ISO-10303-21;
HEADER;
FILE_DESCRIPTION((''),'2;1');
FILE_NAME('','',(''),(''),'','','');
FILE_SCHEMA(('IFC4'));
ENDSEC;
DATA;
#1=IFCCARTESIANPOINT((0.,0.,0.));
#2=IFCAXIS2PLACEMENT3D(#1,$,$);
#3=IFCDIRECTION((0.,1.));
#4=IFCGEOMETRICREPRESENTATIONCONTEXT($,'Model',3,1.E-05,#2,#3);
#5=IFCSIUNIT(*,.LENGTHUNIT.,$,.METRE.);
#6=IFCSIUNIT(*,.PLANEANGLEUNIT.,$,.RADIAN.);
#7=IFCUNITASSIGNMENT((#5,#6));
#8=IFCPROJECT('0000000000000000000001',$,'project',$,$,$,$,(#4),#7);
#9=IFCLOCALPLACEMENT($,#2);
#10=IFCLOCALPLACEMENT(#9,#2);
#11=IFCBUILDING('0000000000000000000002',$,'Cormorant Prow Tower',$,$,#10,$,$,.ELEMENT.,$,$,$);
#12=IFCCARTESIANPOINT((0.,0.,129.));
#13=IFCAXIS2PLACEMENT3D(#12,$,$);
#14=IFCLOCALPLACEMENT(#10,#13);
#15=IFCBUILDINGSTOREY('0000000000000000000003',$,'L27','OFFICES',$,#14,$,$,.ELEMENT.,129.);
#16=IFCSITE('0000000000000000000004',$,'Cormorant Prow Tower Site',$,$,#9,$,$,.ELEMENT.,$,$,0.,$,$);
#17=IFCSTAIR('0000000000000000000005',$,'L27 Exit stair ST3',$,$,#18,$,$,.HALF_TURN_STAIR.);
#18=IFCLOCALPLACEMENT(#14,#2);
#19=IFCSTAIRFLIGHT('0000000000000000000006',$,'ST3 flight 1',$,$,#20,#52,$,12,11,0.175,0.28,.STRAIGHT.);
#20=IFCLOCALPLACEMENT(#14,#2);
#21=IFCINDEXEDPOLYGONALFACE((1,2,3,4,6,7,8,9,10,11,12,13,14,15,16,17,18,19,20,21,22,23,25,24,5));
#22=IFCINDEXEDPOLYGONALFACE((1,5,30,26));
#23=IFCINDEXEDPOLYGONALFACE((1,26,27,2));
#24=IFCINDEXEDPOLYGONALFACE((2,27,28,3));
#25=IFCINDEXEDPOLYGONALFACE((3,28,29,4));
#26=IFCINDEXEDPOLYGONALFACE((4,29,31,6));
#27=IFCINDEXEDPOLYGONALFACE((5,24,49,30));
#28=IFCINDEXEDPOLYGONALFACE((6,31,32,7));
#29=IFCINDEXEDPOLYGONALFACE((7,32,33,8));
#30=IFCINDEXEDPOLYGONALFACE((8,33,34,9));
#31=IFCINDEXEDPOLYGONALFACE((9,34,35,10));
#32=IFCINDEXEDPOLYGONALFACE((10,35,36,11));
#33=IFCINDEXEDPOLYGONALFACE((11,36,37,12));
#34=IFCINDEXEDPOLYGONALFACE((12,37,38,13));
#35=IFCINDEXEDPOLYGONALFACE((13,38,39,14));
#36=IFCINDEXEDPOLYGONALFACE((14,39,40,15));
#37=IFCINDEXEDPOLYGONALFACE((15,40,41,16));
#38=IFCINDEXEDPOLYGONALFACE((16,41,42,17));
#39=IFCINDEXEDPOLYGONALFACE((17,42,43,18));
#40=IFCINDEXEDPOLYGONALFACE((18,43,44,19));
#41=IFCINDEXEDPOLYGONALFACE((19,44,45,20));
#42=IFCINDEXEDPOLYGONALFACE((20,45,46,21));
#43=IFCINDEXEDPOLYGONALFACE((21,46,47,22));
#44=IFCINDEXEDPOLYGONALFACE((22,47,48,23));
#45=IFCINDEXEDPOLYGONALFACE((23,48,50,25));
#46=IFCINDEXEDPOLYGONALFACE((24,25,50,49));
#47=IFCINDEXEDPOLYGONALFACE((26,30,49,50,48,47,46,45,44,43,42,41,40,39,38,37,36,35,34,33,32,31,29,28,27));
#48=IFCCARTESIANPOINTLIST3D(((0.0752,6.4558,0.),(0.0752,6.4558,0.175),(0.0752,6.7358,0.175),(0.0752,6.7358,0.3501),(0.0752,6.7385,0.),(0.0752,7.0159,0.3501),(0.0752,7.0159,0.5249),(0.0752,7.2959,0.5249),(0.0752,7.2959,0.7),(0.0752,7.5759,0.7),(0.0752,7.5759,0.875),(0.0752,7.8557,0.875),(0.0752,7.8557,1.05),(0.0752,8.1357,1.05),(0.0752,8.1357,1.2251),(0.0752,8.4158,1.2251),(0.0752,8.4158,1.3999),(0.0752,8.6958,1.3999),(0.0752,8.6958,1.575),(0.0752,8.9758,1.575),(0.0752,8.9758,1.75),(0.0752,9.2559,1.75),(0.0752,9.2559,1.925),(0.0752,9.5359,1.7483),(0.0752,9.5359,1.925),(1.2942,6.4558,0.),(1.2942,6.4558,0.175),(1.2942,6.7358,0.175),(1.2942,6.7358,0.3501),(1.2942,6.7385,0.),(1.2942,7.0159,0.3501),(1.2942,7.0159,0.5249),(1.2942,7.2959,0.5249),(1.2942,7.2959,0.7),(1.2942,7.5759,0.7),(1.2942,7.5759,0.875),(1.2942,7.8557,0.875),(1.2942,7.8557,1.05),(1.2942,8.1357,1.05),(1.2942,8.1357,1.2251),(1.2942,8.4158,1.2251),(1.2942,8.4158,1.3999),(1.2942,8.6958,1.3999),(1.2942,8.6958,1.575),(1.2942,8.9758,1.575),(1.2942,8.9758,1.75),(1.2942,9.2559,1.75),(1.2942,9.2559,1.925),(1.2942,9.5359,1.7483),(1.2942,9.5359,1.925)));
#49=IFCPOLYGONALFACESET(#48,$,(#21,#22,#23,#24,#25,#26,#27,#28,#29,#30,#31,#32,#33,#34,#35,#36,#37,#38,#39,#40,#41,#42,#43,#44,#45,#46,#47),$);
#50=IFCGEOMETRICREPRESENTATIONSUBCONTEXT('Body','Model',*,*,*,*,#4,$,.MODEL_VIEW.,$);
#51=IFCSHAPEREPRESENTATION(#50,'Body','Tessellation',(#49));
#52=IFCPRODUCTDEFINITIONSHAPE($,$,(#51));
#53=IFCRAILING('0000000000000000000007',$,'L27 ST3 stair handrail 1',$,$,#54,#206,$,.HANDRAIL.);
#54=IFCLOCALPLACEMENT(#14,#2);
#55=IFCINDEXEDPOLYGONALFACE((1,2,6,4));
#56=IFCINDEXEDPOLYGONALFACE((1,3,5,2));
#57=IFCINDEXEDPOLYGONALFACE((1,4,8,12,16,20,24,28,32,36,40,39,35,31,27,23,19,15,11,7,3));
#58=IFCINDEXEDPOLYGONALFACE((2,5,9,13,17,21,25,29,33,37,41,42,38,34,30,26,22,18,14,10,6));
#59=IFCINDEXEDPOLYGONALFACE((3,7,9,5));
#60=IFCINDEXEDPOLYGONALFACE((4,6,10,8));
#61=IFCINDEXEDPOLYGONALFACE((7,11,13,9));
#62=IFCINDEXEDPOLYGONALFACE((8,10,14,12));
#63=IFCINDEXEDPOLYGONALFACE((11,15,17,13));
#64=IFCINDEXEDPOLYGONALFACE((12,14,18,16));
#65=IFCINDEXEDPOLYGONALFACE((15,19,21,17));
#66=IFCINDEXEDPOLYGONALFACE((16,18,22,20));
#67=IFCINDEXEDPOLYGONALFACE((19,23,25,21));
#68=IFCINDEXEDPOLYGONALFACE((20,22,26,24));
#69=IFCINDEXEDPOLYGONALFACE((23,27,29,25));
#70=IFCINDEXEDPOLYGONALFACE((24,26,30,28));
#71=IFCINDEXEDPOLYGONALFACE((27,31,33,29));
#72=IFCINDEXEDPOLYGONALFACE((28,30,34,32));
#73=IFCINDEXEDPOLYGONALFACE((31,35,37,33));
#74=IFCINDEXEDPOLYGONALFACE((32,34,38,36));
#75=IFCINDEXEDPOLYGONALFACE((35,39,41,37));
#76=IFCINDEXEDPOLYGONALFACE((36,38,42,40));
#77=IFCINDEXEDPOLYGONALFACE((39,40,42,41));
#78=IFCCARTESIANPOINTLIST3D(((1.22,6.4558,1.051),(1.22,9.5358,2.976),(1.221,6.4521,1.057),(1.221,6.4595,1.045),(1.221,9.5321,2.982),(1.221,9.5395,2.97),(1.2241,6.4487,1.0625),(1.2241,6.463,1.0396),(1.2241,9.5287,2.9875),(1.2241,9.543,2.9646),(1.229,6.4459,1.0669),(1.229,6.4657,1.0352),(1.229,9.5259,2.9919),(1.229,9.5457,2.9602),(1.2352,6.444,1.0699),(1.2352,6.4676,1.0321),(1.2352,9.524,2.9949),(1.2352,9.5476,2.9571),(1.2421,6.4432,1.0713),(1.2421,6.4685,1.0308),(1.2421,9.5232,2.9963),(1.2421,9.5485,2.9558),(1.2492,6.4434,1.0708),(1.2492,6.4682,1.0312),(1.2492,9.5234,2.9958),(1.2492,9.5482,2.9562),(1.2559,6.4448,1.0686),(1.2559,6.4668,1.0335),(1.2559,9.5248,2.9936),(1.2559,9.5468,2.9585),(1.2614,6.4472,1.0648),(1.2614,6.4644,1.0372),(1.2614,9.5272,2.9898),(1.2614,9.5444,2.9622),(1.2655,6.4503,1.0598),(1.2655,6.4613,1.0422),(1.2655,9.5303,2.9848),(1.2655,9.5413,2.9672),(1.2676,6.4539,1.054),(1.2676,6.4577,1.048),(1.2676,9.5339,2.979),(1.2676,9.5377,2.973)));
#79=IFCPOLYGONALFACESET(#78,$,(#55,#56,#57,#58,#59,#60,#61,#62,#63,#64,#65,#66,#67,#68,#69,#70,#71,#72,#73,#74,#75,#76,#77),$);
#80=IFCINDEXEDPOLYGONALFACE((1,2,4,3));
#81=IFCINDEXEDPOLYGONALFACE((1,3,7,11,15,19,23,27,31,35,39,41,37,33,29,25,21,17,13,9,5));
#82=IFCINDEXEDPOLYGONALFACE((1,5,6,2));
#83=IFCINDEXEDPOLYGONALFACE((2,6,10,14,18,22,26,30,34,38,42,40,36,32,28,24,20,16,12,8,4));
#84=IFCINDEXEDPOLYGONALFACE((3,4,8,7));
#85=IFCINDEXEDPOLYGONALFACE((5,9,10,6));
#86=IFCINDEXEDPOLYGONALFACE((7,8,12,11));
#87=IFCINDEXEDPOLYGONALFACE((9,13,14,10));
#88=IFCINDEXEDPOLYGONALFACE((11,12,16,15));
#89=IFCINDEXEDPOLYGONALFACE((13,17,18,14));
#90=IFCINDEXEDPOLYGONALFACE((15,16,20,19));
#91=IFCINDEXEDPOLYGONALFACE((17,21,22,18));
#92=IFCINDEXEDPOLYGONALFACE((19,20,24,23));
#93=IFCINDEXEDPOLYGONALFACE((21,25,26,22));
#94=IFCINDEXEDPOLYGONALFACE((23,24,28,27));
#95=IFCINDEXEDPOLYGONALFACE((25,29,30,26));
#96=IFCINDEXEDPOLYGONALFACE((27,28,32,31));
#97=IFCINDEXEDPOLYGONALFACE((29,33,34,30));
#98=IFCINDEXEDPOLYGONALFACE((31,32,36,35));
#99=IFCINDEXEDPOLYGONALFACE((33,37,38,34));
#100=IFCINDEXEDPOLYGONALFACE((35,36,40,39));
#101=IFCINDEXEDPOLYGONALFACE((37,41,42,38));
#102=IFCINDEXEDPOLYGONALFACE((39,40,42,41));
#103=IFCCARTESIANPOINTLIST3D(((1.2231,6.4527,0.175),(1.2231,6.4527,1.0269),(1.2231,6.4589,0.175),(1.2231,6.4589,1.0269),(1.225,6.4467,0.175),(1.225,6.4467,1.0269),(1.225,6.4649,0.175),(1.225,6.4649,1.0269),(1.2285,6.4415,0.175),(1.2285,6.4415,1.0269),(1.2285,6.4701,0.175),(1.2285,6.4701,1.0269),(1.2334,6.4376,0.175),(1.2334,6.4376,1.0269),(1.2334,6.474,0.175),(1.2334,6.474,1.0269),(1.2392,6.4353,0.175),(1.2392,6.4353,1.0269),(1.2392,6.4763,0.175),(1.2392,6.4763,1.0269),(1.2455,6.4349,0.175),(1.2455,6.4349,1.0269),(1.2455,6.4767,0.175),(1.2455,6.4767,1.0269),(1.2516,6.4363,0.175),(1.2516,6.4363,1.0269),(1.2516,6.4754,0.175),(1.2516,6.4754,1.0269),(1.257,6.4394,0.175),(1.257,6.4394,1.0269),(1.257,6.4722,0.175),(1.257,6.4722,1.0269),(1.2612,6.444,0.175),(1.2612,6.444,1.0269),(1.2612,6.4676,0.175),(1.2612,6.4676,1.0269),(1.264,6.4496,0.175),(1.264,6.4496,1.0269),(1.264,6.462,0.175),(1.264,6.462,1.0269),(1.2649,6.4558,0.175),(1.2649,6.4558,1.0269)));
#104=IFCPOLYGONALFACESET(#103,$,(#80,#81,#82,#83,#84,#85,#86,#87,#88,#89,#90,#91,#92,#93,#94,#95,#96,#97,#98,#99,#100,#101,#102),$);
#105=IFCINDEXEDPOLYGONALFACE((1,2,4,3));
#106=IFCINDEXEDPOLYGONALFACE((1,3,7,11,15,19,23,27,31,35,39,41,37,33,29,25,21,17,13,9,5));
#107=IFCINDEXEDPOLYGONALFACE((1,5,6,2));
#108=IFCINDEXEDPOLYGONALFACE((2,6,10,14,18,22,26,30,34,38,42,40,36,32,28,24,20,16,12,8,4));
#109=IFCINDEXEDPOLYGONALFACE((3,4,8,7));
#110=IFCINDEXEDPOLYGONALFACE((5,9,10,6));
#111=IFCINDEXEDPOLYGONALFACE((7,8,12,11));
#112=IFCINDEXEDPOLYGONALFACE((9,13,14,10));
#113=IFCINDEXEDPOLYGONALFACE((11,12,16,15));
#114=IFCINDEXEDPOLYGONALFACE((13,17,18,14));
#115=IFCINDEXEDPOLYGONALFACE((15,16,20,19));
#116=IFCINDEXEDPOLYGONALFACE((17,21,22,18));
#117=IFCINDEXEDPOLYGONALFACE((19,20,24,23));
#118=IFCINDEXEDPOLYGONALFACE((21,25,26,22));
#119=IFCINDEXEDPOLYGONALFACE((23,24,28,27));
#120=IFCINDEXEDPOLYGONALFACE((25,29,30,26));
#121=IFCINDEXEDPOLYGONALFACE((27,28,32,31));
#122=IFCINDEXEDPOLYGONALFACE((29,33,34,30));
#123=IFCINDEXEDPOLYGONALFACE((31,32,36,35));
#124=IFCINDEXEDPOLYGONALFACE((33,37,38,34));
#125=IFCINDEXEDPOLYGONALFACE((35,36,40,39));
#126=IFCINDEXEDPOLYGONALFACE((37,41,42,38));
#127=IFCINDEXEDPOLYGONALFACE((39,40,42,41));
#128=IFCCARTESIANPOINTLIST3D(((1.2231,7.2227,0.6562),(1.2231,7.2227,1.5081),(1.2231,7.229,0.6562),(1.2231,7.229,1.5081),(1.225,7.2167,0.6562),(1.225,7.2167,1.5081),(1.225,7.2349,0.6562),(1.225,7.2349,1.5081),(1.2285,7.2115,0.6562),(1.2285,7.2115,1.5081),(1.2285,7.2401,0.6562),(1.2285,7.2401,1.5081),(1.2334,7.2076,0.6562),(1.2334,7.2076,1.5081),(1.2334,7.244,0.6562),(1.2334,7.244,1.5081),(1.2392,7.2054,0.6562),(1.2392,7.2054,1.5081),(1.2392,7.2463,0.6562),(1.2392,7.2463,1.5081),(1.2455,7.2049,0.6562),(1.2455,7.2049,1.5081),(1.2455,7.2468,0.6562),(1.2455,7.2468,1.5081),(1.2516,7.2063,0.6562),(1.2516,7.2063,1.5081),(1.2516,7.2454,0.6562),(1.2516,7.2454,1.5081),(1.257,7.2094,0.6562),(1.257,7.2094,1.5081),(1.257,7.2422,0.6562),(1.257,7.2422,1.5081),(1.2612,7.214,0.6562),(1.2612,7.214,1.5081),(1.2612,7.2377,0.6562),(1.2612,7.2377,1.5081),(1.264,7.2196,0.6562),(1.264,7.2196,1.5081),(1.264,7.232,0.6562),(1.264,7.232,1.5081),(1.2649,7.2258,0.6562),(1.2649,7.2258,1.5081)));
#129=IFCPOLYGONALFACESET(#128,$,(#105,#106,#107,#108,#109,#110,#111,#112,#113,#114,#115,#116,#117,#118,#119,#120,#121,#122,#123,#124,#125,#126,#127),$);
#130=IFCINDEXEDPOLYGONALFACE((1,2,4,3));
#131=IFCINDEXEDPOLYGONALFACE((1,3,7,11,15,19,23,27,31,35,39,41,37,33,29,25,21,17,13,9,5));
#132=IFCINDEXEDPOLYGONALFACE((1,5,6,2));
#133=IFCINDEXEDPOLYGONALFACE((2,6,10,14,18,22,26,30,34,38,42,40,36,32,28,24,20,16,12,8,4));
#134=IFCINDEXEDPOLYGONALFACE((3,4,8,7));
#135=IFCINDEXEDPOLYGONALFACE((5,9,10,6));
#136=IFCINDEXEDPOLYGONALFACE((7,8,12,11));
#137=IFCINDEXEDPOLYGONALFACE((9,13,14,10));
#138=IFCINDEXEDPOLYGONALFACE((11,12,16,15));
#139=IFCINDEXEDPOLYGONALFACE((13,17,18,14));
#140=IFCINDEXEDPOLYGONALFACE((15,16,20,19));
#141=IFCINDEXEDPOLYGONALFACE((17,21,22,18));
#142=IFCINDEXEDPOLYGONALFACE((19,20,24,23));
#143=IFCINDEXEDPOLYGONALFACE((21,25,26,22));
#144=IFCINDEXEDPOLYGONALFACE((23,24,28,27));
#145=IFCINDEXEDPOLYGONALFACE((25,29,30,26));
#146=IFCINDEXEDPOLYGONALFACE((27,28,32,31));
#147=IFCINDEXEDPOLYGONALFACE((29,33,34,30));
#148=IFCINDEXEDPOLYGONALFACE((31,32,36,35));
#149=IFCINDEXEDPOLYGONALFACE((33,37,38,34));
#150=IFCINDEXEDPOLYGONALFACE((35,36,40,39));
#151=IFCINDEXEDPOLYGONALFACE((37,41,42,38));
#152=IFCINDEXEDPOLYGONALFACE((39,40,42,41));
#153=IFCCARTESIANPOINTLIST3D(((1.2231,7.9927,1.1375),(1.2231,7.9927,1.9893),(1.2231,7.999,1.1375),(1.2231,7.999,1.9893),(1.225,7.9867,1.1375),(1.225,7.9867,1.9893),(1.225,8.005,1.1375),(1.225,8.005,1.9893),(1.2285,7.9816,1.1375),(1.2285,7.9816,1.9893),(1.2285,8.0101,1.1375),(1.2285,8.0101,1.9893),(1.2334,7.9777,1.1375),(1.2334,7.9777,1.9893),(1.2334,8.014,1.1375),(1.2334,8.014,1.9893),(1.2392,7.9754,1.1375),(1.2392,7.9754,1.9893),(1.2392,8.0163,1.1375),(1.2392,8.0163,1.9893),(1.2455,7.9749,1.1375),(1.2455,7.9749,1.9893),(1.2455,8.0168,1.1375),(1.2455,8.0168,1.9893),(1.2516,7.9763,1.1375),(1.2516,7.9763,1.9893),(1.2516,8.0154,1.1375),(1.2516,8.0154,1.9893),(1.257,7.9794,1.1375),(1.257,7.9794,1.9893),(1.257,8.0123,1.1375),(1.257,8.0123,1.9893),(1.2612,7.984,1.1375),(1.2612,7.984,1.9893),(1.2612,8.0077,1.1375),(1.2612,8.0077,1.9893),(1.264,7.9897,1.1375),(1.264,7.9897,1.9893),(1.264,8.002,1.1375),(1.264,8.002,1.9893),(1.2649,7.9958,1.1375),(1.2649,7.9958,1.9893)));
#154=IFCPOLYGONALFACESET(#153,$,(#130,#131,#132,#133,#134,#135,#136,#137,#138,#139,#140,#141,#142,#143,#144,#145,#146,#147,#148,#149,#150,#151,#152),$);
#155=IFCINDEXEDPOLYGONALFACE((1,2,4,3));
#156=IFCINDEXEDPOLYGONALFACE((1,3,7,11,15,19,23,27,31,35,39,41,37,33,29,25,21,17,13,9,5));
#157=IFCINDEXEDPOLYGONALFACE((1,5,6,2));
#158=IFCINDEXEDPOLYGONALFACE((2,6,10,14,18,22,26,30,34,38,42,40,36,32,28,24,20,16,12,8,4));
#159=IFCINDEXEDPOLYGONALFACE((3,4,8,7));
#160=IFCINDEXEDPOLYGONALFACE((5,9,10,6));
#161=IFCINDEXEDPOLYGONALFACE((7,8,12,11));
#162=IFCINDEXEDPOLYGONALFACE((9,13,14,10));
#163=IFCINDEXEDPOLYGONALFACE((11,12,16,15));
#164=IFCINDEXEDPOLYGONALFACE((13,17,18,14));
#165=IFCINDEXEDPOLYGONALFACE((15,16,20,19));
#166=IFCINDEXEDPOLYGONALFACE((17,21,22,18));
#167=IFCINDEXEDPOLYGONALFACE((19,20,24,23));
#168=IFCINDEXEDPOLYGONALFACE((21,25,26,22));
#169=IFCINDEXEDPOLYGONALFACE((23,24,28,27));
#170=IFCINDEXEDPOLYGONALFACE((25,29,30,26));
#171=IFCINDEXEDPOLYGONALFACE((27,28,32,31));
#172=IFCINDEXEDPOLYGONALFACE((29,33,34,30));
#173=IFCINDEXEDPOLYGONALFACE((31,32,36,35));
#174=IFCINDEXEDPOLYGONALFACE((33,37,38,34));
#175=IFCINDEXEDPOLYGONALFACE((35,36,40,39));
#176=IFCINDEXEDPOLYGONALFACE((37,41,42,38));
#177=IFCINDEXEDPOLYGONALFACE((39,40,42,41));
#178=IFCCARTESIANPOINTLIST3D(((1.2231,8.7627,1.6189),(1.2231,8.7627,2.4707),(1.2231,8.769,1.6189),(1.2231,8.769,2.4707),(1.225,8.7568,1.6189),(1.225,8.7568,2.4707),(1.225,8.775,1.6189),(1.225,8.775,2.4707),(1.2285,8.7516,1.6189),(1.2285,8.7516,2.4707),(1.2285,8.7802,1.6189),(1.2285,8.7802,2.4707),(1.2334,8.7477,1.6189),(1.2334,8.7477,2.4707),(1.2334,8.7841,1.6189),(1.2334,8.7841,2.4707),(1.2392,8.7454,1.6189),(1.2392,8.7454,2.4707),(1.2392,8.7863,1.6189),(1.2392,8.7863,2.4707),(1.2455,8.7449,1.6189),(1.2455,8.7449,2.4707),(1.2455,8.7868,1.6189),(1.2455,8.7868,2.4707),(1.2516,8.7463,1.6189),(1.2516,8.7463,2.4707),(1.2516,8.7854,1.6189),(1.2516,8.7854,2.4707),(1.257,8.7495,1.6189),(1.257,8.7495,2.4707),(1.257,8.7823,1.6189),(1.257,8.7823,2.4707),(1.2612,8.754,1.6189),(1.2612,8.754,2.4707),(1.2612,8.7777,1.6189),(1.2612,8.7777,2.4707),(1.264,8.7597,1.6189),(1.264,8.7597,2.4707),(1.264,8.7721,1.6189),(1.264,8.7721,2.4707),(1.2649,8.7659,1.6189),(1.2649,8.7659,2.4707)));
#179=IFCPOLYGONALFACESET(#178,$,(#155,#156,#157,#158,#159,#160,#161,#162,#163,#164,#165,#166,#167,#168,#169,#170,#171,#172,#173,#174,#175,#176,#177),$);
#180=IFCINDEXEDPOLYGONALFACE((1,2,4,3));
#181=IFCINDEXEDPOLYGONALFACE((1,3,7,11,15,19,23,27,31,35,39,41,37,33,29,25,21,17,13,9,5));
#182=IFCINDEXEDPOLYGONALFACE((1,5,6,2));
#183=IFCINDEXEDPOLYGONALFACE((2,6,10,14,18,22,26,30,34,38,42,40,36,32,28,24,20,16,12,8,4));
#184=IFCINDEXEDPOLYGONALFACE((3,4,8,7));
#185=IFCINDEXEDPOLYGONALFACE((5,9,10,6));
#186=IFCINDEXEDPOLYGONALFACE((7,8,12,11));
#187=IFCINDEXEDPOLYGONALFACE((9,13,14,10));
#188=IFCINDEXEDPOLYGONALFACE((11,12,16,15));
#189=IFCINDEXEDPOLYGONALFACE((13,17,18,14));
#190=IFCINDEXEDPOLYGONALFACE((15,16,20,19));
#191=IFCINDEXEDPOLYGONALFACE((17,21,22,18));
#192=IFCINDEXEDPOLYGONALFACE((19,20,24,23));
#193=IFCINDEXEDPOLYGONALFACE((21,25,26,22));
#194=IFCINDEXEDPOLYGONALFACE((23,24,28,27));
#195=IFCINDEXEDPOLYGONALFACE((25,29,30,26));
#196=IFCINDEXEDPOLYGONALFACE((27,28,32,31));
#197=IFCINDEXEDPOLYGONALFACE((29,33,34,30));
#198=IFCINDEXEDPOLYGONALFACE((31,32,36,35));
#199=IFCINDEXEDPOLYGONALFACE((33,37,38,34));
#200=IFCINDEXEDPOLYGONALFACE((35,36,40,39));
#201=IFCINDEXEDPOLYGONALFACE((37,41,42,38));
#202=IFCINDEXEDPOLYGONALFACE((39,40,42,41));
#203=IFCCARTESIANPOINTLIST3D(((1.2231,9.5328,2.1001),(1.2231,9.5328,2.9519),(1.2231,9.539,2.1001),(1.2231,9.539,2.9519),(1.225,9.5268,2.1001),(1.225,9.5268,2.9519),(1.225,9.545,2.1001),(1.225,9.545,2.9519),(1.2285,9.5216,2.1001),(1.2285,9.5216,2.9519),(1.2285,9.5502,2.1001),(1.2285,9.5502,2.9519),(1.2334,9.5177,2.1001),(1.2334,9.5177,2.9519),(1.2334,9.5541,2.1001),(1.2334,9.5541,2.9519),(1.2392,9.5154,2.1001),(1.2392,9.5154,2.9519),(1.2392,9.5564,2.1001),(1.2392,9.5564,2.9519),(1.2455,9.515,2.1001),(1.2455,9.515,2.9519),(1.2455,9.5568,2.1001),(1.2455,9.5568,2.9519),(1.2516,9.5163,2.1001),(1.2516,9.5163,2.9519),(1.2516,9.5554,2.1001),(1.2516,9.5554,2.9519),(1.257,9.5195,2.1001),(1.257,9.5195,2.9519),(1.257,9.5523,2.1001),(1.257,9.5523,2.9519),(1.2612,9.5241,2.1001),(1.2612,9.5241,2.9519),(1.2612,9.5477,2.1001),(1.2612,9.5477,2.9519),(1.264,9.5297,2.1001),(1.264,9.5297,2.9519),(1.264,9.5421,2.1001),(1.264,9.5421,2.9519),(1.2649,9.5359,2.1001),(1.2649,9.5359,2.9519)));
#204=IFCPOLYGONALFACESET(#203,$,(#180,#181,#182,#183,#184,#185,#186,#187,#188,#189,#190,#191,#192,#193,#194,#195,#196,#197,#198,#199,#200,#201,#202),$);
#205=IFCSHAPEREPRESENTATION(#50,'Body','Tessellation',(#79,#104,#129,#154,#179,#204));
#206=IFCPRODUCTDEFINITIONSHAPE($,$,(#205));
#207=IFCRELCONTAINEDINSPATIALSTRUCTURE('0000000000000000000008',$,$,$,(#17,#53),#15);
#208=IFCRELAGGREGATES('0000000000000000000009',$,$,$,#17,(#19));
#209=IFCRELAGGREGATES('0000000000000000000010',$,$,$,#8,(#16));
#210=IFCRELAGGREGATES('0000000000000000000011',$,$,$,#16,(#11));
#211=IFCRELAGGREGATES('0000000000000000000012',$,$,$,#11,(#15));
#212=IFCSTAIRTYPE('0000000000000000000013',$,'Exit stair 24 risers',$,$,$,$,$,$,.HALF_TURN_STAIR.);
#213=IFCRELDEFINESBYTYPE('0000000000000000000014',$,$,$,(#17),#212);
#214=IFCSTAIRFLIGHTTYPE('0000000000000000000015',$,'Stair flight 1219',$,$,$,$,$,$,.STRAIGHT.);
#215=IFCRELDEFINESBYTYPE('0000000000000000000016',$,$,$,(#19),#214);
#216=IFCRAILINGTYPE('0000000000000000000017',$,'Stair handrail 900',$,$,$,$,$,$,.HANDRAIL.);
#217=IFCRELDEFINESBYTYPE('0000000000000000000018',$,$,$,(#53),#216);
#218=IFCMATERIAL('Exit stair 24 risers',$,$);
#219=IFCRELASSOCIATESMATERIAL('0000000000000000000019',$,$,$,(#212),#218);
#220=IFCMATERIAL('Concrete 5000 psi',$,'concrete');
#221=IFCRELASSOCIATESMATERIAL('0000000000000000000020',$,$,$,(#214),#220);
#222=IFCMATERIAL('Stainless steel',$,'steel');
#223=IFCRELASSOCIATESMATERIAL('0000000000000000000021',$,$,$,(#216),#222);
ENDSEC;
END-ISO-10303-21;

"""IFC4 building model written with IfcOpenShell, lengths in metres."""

from ifc_helpers import new_model, si_unit, direction, frame, origin, origin_2d, place, context, subcontext, project, spatial, polyline, circle, outline, extrude, material, type_object, element, aggregate, save


model = new_model("IFC4")

# Units and contexts
model_context = context("Model", 3, precision=1e-05, world=origin(), true_north=direction((0.0, 1.0)))
body_context = subcontext(model_context, "Body", "Model", "MODEL_VIEW")
ifc_project = project(units=[si_unit("LENGTHUNIT", "METRE"), si_unit("PLANEANGLEUNIT", "RADIAN")], contexts=[model_context])

# Site, building, storey
site_placement = place(None, origin())
site = spatial("IfcSite", under=ifc_project, at=site_placement, Name="Cormorant Prow Tower Site", CompositionType="ELEMENT", RefElevation=0.0)
building_placement = place(site_placement, origin())
building = spatial("IfcBuilding", under=site, at=building_placement, Name="Cormorant Prow Tower", CompositionType="ELEMENT")
storey_placement = place(building_placement, frame((0.0, 0.0, 129.0)))
storey = spatial("IfcBuildingStorey", under=building, at=storey_placement, Name="L27", Description="OFFICES", CompositionType="ELEMENT", Elevation=129.0)

# Stair
ifc_material_1 = material(Name="Exit stair 24 risers")
stair_type = type_object("IfcStairType", Name="Exit stair 24 risers", PredefinedType="HALF_TURN_STAIR", material=ifc_material_1)
stair_placement = place(storey_placement, origin())
stair = element("IfcStair", 1, at=stair_placement, inside=storey, type_object=stair_type, Name="L27 Exit stair ST3", PredefinedType="HALF_TURN_STAIR")

# Stair flight
ifc_material_2 = material(Name="Concrete 5000 psi", Category="concrete")
stair_flight_type = type_object("IfcStairFlightType", Name="Stair flight 1219", PredefinedType="STRAIGHT", material=ifc_material_2)
stair_flight_placement = place(storey_placement, frame((0.6846, 6.4558, 0.0), z_axis=(0.0, 0.0, 1.0), x_axis=(0.0, 1.0, 0.0)))
stair_flight = element("IfcStairFlight", 2, at=stair_flight_placement, type_object=stair_flight_type, Name="ST3 flight 1", NumberOfRisers=12, NumberOfTreads=11, PredefinedType="STRAIGHT", RiserHeight=0.175, TreadLength=0.28, context=body_context, shape_type="SweptSolid", body=[
    extrude(outline(polyline([(0.0, 0.0), (0.0, 0.175), (0.28, 0.175), (0.28, 0.3501), (0.5601, 0.3501), (0.5601, 0.5249), (0.8401, 0.5249), (0.8401, 0.7), (1.1201, 0.7), (1.1201, 0.875), (1.3999, 0.875), (1.3999, 1.05), (1.6799, 1.05), (1.6799, 1.2251), (1.96, 1.2251), (1.96, 1.3999), (2.24, 1.3999), (2.24, 1.575), (2.52, 1.575), (2.52, 1.75), (2.8, 1.75), (2.8, 1.925), (3.0801, 1.925), (3.0801, 2.1001), (3.0801, 1.7483), (0.2827, 0.0), (0.0, 0.0)])), frame((0.0, 0.6094, 0.0), z_axis=(0.0, -1.0, 0.0), x_axis=(1.0, 0.0, 0.0)), (0.0, 0.0, 1.0), 1.219),
])
aggregate(stair, [stair_flight])

# Railing
ifc_material_3 = material(Name="Stainless steel", Category="steel")
railing_type_1 = type_object("IfcRailingType", Name="Stair handrail 900", PredefinedType="HANDRAIL", material=ifc_material_3)
railing_1_placement = place(storey_placement, frame((1.2439, 6.4558, 0.175)))
element("IfcRailing", 3, at=railing_1_placement, inside=storey, type_object=railing_type_1, Name="L27 ST3 stair handrail 1", PredefinedType="HANDRAIL", context=body_context, shape_type="SweptSolid", body=[
    extrude(circle(Radius=0.0239, at=origin_2d()), frame((0.0, 0.0, 0.876), z_axis=(0.0, 0.847998, 0.529999), x_axis=(-1.0, 0.0, 0.0)), (0.0, 0.0, 1.0), 3.6321),
    extrude(circle(Radius=0.021, at=origin_2d()), origin(), (0.0, 0.0, 1.0), 0.8518),
    extrude(circle(Radius=0.021, at=origin_2d()), frame((0.0, 0.77, 0.4812)), (0.0, 0.0, 1.0), 0.8518),
    extrude(circle(Radius=0.021, at=origin_2d()), frame((0.0, 1.54, 0.9624)), (0.0, 0.0, 1.0), 0.8518),
    extrude(circle(Radius=0.021, at=origin_2d()), frame((0.0, 2.3101, 1.4438)), (0.0, 0.0, 1.0), 0.8518),
    extrude(circle(Radius=0.021, at=origin_2d()), frame((0.0, 3.0801, 1.925)), (0.0, 0.0, 1.0), 0.8518),
])

save(model, "model.ifc")
